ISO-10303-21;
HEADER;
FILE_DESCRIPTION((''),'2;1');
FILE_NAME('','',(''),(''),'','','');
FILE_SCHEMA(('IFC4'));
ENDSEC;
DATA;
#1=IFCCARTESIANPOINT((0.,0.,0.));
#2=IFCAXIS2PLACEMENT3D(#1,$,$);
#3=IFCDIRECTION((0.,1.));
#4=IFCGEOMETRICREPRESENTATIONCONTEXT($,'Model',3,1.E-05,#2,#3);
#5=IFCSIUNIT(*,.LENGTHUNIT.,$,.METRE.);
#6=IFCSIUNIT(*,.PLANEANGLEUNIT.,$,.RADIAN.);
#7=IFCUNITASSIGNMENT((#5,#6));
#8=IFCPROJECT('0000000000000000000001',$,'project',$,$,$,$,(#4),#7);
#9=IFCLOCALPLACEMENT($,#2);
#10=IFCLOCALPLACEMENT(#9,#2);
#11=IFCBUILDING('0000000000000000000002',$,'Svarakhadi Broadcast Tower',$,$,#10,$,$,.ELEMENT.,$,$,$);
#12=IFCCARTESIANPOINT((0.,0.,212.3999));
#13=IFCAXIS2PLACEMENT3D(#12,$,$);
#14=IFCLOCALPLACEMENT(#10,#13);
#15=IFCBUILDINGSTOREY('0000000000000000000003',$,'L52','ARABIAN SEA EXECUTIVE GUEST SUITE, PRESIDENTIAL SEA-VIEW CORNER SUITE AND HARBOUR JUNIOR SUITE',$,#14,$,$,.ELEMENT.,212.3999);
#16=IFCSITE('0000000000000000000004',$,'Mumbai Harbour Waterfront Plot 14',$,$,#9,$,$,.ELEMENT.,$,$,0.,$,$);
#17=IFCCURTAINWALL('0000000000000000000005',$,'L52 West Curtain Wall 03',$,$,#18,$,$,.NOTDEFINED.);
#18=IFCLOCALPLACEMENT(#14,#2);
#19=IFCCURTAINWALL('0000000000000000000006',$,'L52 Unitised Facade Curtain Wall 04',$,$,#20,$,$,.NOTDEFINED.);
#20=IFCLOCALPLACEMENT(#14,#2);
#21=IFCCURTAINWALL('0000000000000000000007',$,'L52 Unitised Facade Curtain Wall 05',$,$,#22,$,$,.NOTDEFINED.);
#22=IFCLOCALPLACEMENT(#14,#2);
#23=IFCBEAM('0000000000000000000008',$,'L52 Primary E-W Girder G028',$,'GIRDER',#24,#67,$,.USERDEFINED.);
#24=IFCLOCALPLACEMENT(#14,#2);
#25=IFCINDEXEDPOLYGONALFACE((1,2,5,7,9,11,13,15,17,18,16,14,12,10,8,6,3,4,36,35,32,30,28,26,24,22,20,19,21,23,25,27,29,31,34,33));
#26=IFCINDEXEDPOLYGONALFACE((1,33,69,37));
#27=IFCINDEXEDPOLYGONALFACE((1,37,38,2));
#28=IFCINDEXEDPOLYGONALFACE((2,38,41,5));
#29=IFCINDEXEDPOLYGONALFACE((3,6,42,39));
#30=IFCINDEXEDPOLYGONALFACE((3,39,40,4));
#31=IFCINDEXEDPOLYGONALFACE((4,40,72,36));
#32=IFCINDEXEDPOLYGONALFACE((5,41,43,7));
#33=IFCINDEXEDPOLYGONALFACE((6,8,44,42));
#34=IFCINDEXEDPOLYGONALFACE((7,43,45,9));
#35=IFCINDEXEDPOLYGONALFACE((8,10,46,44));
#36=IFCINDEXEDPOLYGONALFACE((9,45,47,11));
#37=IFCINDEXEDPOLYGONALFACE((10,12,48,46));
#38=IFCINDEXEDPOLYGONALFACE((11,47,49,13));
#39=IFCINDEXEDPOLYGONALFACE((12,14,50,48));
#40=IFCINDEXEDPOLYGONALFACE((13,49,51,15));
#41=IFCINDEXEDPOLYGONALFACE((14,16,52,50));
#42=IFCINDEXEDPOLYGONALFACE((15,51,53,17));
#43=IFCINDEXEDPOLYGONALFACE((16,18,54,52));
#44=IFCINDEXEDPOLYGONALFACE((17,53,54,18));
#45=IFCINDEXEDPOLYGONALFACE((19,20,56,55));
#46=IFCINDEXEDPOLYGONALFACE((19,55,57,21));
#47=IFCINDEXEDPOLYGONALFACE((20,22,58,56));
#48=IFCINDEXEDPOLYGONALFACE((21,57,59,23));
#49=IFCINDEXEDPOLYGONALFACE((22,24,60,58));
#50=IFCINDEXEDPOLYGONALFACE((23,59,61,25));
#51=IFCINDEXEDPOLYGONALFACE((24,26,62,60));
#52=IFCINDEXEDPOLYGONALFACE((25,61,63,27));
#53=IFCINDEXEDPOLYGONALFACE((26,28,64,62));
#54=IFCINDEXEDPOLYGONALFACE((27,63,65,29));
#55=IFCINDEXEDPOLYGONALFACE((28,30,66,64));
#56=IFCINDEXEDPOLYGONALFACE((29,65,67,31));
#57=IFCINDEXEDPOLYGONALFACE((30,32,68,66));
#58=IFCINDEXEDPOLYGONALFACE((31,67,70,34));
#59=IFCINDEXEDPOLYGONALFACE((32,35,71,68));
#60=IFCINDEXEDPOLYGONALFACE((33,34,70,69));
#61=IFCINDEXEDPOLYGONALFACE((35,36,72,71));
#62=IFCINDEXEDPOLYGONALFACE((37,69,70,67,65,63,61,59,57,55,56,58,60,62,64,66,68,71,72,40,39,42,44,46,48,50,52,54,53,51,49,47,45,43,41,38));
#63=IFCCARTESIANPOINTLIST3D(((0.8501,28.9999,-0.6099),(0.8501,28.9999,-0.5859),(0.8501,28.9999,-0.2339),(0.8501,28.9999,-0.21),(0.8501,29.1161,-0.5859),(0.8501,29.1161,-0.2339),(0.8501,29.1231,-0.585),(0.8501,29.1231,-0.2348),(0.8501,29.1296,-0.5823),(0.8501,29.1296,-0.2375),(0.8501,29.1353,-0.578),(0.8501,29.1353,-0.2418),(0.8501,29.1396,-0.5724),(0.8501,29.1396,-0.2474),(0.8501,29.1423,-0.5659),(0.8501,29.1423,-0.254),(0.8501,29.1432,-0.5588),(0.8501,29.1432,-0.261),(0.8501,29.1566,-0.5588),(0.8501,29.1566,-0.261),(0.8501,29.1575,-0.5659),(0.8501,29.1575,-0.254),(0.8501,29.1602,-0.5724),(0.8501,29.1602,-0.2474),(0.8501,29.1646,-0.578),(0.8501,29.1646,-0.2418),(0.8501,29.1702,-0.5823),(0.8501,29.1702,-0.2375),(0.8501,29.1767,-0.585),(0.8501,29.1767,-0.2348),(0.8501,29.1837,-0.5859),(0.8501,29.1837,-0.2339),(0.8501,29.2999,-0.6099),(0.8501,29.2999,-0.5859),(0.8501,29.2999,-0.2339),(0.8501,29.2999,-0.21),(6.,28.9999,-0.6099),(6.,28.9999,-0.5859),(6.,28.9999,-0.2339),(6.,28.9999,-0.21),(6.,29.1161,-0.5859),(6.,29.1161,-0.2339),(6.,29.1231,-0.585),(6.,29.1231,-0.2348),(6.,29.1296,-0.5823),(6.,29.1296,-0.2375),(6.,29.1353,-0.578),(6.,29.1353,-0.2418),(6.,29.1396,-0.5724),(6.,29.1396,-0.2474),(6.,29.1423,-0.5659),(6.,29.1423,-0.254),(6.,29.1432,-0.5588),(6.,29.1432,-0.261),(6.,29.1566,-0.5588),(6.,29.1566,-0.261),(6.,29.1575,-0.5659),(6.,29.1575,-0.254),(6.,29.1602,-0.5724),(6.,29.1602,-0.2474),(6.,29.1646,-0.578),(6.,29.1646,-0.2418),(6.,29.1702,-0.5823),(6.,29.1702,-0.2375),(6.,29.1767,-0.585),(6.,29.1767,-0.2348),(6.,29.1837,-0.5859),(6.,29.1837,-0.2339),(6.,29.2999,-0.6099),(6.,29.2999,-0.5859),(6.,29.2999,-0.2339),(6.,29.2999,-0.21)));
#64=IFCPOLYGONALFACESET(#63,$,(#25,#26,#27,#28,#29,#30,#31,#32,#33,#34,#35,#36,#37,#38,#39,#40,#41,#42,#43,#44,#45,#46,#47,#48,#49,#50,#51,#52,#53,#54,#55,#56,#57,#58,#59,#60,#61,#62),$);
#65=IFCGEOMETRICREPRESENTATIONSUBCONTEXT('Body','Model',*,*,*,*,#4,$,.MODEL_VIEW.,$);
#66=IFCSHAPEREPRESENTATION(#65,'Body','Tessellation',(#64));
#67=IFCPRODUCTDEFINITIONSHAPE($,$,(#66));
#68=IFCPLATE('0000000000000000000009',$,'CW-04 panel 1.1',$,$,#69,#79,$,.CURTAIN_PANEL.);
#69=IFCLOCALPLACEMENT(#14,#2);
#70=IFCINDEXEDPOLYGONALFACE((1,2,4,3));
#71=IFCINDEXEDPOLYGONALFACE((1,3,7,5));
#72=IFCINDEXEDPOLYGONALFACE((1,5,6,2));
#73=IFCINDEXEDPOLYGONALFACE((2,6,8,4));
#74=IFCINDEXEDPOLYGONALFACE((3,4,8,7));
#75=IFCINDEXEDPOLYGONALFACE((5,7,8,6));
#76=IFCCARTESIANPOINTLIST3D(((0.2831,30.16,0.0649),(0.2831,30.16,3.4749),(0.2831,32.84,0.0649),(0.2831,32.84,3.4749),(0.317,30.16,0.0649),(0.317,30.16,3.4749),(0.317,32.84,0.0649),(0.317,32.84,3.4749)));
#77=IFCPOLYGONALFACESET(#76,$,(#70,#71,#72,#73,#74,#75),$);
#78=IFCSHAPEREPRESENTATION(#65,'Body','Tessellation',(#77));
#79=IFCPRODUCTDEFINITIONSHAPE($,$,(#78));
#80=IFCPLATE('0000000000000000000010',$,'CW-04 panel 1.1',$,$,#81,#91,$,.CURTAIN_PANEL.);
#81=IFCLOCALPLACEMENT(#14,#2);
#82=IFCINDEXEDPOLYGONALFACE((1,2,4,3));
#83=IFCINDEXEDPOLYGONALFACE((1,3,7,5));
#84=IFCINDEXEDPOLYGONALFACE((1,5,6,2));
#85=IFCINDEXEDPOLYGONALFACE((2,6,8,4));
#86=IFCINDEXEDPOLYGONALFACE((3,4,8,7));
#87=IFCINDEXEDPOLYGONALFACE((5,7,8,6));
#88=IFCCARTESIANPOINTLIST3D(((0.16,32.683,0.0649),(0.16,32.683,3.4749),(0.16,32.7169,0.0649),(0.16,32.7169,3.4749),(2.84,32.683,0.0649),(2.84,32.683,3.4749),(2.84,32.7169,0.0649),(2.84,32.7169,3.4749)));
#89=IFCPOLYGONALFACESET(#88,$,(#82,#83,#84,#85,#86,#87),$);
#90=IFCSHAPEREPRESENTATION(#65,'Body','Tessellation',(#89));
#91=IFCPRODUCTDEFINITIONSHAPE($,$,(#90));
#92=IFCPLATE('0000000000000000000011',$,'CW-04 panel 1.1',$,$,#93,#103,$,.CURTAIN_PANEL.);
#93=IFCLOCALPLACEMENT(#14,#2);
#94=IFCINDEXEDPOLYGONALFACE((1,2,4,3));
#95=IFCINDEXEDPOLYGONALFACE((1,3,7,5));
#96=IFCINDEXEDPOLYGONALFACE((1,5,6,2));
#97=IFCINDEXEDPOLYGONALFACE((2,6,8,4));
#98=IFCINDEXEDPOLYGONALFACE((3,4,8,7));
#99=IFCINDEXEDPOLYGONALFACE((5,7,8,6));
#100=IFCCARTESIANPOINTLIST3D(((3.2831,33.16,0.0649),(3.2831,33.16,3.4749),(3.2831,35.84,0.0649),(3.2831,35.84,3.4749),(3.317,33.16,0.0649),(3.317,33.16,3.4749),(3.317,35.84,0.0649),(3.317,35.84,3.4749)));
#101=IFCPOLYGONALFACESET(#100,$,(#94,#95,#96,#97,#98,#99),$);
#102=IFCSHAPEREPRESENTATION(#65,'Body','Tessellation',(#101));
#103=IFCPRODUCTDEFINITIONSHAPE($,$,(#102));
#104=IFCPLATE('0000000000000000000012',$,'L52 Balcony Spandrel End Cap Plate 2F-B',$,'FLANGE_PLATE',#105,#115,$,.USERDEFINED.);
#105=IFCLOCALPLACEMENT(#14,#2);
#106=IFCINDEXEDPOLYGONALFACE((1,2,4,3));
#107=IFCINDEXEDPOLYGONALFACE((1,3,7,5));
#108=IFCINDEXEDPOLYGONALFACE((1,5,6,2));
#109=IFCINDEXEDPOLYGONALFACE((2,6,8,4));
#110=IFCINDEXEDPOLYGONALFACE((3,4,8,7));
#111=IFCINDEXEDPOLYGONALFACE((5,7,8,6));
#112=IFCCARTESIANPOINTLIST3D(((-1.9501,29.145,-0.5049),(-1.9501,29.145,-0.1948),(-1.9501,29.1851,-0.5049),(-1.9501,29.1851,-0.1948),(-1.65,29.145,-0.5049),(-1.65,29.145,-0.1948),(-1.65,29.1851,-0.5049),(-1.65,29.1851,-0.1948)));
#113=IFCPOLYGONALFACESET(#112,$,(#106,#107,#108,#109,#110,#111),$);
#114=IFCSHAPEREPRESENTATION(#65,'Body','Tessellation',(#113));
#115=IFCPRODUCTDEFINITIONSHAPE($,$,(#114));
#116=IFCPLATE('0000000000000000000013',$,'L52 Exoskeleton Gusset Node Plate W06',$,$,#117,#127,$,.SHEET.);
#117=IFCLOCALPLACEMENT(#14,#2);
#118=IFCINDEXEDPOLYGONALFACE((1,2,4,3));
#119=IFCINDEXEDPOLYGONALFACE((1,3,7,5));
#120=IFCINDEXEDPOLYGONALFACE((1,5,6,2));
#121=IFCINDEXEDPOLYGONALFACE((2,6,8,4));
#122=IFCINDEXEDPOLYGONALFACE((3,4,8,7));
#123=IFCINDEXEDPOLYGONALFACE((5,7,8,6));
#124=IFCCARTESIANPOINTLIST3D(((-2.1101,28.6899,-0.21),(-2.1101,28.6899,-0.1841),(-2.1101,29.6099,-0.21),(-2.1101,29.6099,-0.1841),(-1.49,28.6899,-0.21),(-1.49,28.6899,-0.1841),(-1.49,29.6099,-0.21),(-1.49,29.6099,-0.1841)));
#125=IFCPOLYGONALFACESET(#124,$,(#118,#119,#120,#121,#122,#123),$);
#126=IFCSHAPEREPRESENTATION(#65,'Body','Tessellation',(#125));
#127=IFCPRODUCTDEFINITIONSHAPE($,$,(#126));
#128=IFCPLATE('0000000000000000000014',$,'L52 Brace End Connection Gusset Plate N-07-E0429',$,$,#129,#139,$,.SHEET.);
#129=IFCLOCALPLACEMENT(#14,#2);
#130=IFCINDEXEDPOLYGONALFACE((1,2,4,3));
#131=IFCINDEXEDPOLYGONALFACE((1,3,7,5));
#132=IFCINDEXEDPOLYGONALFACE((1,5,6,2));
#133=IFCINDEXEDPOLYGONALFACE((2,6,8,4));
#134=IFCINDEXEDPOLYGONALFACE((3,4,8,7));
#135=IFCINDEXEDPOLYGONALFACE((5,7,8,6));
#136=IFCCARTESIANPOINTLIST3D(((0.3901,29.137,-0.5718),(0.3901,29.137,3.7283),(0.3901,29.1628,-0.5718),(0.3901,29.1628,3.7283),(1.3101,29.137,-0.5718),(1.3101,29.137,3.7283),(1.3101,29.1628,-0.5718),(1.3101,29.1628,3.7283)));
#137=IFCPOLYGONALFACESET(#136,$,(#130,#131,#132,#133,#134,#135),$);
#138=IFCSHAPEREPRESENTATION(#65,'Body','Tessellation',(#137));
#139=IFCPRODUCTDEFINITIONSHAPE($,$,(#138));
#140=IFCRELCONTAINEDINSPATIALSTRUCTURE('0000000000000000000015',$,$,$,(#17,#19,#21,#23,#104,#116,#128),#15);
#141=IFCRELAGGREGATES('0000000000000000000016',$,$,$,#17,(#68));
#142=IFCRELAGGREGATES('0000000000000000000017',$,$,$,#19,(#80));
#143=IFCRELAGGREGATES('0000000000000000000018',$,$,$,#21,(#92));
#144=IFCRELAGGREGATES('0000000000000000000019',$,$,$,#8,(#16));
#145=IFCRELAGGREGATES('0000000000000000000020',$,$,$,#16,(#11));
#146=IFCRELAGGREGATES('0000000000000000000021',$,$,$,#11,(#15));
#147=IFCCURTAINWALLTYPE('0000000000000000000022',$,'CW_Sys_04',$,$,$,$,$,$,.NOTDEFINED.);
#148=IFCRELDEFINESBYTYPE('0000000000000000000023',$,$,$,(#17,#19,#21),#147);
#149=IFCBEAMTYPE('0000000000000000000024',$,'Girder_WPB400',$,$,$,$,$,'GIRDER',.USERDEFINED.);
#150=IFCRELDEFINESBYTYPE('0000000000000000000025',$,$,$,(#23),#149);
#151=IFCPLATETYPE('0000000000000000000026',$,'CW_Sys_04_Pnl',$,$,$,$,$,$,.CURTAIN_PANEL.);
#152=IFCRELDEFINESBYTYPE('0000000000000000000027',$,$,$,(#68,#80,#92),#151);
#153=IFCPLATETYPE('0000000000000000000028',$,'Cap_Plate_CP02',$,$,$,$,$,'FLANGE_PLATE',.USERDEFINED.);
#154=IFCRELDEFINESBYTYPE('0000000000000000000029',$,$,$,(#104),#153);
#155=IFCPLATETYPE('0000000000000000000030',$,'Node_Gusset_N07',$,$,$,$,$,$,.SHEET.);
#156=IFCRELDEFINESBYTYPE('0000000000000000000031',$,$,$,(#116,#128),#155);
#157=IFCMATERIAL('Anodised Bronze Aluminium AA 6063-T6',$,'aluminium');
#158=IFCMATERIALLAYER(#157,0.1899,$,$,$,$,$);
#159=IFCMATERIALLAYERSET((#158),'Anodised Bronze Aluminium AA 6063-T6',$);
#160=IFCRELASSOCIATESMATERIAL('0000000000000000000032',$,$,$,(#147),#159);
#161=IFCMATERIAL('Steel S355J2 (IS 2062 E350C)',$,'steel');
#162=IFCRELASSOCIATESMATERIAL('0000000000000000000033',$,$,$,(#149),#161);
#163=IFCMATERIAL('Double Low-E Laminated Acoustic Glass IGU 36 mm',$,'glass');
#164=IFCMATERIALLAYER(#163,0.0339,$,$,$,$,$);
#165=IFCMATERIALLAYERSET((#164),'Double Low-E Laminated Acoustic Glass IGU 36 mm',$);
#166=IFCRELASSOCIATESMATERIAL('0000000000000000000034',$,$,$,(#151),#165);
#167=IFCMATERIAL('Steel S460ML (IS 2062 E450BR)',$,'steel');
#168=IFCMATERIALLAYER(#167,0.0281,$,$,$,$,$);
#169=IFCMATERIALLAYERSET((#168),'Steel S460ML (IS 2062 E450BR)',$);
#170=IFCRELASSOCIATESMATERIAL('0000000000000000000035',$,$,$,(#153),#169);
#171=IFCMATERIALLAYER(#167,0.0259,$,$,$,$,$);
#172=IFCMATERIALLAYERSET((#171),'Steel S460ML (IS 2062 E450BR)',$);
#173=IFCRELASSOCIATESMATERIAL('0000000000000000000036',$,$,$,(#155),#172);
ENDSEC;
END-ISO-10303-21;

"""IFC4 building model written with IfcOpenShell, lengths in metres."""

from ifc_helpers import new_model, si_unit, direction, frame, origin, origin_2d, place, context, subcontext, project, spatial, rectangle, i_section, extrude, material, layer, layer_set, material_profile, profile_set, type_object, element, aggregate, save


model = new_model("IFC4")

# Units and contexts
model_context = context("Model", 3, precision=1e-05, world=origin(), true_north=direction((0.0, 1.0)))
body_context = subcontext(model_context, "Body", "Model", "MODEL_VIEW")
ifc_project = project(units=[si_unit("LENGTHUNIT", "METRE"), si_unit("PLANEANGLEUNIT", "RADIAN")], contexts=[model_context])

# Site, building, storey
site_placement = place(None, origin())
site = spatial("IfcSite", under=ifc_project, at=site_placement, Name="Mumbai Harbour Waterfront Plot 14", CompositionType="ELEMENT", RefElevation=0.0)
building_placement = place(site_placement, origin())
building = spatial("IfcBuilding", under=site, at=building_placement, Name="Svarakhadi Broadcast Tower", CompositionType="ELEMENT")
storey_placement = place(building_placement, frame((0.0, 0.0, 212.3999)))
storey = spatial("IfcBuildingStorey", under=building, at=storey_placement, Name="L52", Description="ARABIAN SEA EXECUTIVE GUEST SUITE, PRESIDENTIAL SEA-VIEW CORNER SUITE AND HARBOUR JUNIOR SUITE", CompositionType="ELEMENT", Elevation=212.3999)

# Shared definitions
ifc_material_1 = material(Name="Steel S460ML (IS 2062 E450BR)", Category="steel")

# Curtain walls
ifc_material_2 = material(Name="Anodised Bronze Aluminium AA 6063-T6", Category="aluminium")
ifc_layer_1 = layer(ifc_material_2, 0.1899)
ifc_layer_set_1 = layer_set([ifc_layer_1], Name="Anodised Bronze Aluminium AA 6063-T6")
curtain_wall_type = type_object("IfcCurtainWallType", Name="CW_Sys_04", PredefinedType="NOTDEFINED", material=ifc_layer_set_1)
curtain_wall_1_placement = place(storey_placement, origin())
curtain_wall_1 = element("IfcCurtainWall", 1, at=curtain_wall_1_placement, inside=storey, type_object=curtain_wall_type, Name="L52 West Curtain Wall 03", PredefinedType="NOTDEFINED")
curtain_wall_2_placement = place(storey_placement, origin())
curtain_wall_2 = element("IfcCurtainWall", 2, at=curtain_wall_2_placement, inside=storey, type_object=curtain_wall_type, Name="L52 Unitised Facade Curtain Wall 04", PredefinedType="NOTDEFINED")
curtain_wall_3_placement = place(storey_placement, origin())
curtain_wall_3 = element("IfcCurtainWall", 3, at=curtain_wall_3_placement, inside=storey, type_object=curtain_wall_type, Name="L52 Unitised Facade Curtain Wall 05", PredefinedType="NOTDEFINED")

# Beam
ifc_material_3 = material(Name="Steel S355J2 (IS 2062 E350C)", Category="steel")
ifc_material_profile_1 = material_profile(ifc_material_3, i_section(OverallWidth=0.3, OverallDepth=0.3999, WebThickness=0.0134, FlangeThickness=0.0239, FilletRadius=0.0271, at=origin_2d()), Name="WPB 400x300x155")
ifc_profile_set_1 = profile_set([ifc_material_profile_1], Name="Steel S355J2 (IS 2062 E350C)")
beam_type = type_object("IfcBeamType", Name="Girder_WPB400", ElementType="GIRDER", PredefinedType="USERDEFINED", material=ifc_profile_set_1)
beam_placement = place(storey_placement, frame((0.8501, 29.1499, -0.4099), z_axis=(1.0, 0.0, 0.0), x_axis=(0.0, 1.0, 0.0)))
element("IfcBeam", 4, at=beam_placement, inside=storey, type_object=beam_type, Name="L52 Primary E-W Girder G028", ObjectType="GIRDER", PredefinedType="USERDEFINED", context=body_context, shape_type="SweptSolid", body=[
    extrude(i_section(OverallWidth=0.3, OverallDepth=0.3999, WebThickness=0.0134, FlangeThickness=0.0239, FilletRadius=0.0271, at=origin_2d()), origin(), (0.0, 0.0, 1.0), 5.1499),
])

# Plates
ifc_material_4 = material(Name="Double Low-E Laminated Acoustic Glass IGU 36 mm", Category="glass")
ifc_layer_2 = layer(ifc_material_4, 0.0339)
ifc_layer_set_2 = layer_set([ifc_layer_2], Name="Double Low-E Laminated Acoustic Glass IGU 36 mm")
plate_type_1 = type_object("IfcPlateType", Name="CW_Sys_04_Pnl", PredefinedType="CURTAIN_PANEL", material=ifc_layer_set_2)
plate_1_placement = place(storey_placement, frame((0.3, 31.5, 0.0649), z_axis=(0.0, 0.0, 1.0), x_axis=(0.0, 1.0, 0.0)))
plate_1 = element("IfcPlate", 5, at=plate_1_placement, type_object=plate_type_1, Name="CW-04 panel 1.1", PredefinedType="CURTAIN_PANEL", context=body_context, shape_type="SweptSolid", body=[
    extrude(rectangle(XDim=2.6799, YDim=0.0339, at=origin_2d()), origin(), (0.0, 0.0, 1.0), 3.4099),
])
aggregate(curtain_wall_1, [plate_1])
plate_2_placement = place(storey_placement, frame((1.5, 32.7, 0.0649), z_axis=(0.0, 0.0, 1.0), x_axis=(1.0, 0.0, 0.0)))
plate_2 = element("IfcPlate", 6, at=plate_2_placement, type_object=plate_type_1, Name="CW-04 panel 1.1", PredefinedType="CURTAIN_PANEL", context=body_context, shape_type="SweptSolid", body=[
    extrude(rectangle(XDim=2.6799, YDim=0.0339, at=origin_2d()), origin(), (0.0, 0.0, 1.0), 3.4099),
])
aggregate(curtain_wall_2, [plate_2])
plate_3_placement = place(storey_placement, frame((3.3, 34.5, 0.0649), z_axis=(0.0, 0.0, 1.0), x_axis=(0.0, 1.0, 0.0)))
plate_3 = element("IfcPlate", 7, at=plate_3_placement, type_object=plate_type_1, Name="CW-04 panel 1.1", PredefinedType="CURTAIN_PANEL", context=body_context, shape_type="SweptSolid", body=[
    extrude(rectangle(XDim=2.6799, YDim=0.0339, at=origin_2d()), origin(), (0.0, 0.0, 1.0), 3.4099),
])
aggregate(curtain_wall_3, [plate_3])

# Plates
ifc_layer_3 = layer(ifc_material_1, 0.0281)
ifc_layer_set_3 = layer_set([ifc_layer_3], Name="Steel S460ML (IS 2062 E450BR)")
plate_type_2 = type_object("IfcPlateType", Name="Cap_Plate_CP02", ElementType="FLANGE_PLATE", PredefinedType="USERDEFINED", material=ifc_layer_set_3)
plate_4_placement = place(storey_placement, frame((-1.8, 29.165, -0.5049), z_axis=(0.0, 0.0, 1.0), x_axis=(1.0, 0.0, 0.0)))
element("IfcPlate", 8, at=plate_4_placement, inside=storey, type_object=plate_type_2, Name="L52 Balcony Spandrel End Cap Plate 2F-B", ObjectType="FLANGE_PLATE", PredefinedType="USERDEFINED", context=body_context, shape_type="SweptSolid", body=[
    extrude(rectangle(XDim=0.3, YDim=0.04, at=origin_2d()), origin(), (0.0, 0.0, 1.0), 0.3101),
])
ifc_layer_4 = layer(ifc_material_1, 0.0259)
ifc_layer_set_4 = layer_set([ifc_layer_4], Name="Steel S460ML (IS 2062 E450BR)")
plate_type_3 = type_object("IfcPlateType", Name="Node_Gusset_N07", PredefinedType="SHEET", material=ifc_layer_set_4)
plate_5_placement = place(storey_placement, frame((-1.8, 29.1499, -0.21), z_axis=(0.0, 0.0, 1.0), x_axis=(0.0, 1.0, 0.0)))
element("IfcPlate", 9, at=plate_5_placement, inside=storey, type_object=plate_type_3, Name="L52 Exoskeleton Gusset Node Plate W06", PredefinedType="SHEET", context=body_context, shape_type="SweptSolid", body=[
    extrude(rectangle(XDim=0.9199, YDim=0.6201, at=origin_2d()), origin(), (0.0, 0.0, 1.0), 0.0259),
])
plate_6_placement = place(storey_placement, frame((0.8501, 29.1499, -0.5718), z_axis=(0.0, 0.0, 1.0), x_axis=(1.0, 0.0, 0.0)))
element("IfcPlate", 10, at=plate_6_placement, inside=storey, type_object=plate_type_3, Name="L52 Brace End Connection Gusset Plate N-07-E0429", PredefinedType="SHEET", context=body_context, shape_type="SweptSolid", body=[
    extrude(rectangle(XDim=0.9199, YDim=0.0259, at=origin_2d()), origin(), (0.0, 0.0, 1.0), 4.3),
])

save(model, "model.ifc")
